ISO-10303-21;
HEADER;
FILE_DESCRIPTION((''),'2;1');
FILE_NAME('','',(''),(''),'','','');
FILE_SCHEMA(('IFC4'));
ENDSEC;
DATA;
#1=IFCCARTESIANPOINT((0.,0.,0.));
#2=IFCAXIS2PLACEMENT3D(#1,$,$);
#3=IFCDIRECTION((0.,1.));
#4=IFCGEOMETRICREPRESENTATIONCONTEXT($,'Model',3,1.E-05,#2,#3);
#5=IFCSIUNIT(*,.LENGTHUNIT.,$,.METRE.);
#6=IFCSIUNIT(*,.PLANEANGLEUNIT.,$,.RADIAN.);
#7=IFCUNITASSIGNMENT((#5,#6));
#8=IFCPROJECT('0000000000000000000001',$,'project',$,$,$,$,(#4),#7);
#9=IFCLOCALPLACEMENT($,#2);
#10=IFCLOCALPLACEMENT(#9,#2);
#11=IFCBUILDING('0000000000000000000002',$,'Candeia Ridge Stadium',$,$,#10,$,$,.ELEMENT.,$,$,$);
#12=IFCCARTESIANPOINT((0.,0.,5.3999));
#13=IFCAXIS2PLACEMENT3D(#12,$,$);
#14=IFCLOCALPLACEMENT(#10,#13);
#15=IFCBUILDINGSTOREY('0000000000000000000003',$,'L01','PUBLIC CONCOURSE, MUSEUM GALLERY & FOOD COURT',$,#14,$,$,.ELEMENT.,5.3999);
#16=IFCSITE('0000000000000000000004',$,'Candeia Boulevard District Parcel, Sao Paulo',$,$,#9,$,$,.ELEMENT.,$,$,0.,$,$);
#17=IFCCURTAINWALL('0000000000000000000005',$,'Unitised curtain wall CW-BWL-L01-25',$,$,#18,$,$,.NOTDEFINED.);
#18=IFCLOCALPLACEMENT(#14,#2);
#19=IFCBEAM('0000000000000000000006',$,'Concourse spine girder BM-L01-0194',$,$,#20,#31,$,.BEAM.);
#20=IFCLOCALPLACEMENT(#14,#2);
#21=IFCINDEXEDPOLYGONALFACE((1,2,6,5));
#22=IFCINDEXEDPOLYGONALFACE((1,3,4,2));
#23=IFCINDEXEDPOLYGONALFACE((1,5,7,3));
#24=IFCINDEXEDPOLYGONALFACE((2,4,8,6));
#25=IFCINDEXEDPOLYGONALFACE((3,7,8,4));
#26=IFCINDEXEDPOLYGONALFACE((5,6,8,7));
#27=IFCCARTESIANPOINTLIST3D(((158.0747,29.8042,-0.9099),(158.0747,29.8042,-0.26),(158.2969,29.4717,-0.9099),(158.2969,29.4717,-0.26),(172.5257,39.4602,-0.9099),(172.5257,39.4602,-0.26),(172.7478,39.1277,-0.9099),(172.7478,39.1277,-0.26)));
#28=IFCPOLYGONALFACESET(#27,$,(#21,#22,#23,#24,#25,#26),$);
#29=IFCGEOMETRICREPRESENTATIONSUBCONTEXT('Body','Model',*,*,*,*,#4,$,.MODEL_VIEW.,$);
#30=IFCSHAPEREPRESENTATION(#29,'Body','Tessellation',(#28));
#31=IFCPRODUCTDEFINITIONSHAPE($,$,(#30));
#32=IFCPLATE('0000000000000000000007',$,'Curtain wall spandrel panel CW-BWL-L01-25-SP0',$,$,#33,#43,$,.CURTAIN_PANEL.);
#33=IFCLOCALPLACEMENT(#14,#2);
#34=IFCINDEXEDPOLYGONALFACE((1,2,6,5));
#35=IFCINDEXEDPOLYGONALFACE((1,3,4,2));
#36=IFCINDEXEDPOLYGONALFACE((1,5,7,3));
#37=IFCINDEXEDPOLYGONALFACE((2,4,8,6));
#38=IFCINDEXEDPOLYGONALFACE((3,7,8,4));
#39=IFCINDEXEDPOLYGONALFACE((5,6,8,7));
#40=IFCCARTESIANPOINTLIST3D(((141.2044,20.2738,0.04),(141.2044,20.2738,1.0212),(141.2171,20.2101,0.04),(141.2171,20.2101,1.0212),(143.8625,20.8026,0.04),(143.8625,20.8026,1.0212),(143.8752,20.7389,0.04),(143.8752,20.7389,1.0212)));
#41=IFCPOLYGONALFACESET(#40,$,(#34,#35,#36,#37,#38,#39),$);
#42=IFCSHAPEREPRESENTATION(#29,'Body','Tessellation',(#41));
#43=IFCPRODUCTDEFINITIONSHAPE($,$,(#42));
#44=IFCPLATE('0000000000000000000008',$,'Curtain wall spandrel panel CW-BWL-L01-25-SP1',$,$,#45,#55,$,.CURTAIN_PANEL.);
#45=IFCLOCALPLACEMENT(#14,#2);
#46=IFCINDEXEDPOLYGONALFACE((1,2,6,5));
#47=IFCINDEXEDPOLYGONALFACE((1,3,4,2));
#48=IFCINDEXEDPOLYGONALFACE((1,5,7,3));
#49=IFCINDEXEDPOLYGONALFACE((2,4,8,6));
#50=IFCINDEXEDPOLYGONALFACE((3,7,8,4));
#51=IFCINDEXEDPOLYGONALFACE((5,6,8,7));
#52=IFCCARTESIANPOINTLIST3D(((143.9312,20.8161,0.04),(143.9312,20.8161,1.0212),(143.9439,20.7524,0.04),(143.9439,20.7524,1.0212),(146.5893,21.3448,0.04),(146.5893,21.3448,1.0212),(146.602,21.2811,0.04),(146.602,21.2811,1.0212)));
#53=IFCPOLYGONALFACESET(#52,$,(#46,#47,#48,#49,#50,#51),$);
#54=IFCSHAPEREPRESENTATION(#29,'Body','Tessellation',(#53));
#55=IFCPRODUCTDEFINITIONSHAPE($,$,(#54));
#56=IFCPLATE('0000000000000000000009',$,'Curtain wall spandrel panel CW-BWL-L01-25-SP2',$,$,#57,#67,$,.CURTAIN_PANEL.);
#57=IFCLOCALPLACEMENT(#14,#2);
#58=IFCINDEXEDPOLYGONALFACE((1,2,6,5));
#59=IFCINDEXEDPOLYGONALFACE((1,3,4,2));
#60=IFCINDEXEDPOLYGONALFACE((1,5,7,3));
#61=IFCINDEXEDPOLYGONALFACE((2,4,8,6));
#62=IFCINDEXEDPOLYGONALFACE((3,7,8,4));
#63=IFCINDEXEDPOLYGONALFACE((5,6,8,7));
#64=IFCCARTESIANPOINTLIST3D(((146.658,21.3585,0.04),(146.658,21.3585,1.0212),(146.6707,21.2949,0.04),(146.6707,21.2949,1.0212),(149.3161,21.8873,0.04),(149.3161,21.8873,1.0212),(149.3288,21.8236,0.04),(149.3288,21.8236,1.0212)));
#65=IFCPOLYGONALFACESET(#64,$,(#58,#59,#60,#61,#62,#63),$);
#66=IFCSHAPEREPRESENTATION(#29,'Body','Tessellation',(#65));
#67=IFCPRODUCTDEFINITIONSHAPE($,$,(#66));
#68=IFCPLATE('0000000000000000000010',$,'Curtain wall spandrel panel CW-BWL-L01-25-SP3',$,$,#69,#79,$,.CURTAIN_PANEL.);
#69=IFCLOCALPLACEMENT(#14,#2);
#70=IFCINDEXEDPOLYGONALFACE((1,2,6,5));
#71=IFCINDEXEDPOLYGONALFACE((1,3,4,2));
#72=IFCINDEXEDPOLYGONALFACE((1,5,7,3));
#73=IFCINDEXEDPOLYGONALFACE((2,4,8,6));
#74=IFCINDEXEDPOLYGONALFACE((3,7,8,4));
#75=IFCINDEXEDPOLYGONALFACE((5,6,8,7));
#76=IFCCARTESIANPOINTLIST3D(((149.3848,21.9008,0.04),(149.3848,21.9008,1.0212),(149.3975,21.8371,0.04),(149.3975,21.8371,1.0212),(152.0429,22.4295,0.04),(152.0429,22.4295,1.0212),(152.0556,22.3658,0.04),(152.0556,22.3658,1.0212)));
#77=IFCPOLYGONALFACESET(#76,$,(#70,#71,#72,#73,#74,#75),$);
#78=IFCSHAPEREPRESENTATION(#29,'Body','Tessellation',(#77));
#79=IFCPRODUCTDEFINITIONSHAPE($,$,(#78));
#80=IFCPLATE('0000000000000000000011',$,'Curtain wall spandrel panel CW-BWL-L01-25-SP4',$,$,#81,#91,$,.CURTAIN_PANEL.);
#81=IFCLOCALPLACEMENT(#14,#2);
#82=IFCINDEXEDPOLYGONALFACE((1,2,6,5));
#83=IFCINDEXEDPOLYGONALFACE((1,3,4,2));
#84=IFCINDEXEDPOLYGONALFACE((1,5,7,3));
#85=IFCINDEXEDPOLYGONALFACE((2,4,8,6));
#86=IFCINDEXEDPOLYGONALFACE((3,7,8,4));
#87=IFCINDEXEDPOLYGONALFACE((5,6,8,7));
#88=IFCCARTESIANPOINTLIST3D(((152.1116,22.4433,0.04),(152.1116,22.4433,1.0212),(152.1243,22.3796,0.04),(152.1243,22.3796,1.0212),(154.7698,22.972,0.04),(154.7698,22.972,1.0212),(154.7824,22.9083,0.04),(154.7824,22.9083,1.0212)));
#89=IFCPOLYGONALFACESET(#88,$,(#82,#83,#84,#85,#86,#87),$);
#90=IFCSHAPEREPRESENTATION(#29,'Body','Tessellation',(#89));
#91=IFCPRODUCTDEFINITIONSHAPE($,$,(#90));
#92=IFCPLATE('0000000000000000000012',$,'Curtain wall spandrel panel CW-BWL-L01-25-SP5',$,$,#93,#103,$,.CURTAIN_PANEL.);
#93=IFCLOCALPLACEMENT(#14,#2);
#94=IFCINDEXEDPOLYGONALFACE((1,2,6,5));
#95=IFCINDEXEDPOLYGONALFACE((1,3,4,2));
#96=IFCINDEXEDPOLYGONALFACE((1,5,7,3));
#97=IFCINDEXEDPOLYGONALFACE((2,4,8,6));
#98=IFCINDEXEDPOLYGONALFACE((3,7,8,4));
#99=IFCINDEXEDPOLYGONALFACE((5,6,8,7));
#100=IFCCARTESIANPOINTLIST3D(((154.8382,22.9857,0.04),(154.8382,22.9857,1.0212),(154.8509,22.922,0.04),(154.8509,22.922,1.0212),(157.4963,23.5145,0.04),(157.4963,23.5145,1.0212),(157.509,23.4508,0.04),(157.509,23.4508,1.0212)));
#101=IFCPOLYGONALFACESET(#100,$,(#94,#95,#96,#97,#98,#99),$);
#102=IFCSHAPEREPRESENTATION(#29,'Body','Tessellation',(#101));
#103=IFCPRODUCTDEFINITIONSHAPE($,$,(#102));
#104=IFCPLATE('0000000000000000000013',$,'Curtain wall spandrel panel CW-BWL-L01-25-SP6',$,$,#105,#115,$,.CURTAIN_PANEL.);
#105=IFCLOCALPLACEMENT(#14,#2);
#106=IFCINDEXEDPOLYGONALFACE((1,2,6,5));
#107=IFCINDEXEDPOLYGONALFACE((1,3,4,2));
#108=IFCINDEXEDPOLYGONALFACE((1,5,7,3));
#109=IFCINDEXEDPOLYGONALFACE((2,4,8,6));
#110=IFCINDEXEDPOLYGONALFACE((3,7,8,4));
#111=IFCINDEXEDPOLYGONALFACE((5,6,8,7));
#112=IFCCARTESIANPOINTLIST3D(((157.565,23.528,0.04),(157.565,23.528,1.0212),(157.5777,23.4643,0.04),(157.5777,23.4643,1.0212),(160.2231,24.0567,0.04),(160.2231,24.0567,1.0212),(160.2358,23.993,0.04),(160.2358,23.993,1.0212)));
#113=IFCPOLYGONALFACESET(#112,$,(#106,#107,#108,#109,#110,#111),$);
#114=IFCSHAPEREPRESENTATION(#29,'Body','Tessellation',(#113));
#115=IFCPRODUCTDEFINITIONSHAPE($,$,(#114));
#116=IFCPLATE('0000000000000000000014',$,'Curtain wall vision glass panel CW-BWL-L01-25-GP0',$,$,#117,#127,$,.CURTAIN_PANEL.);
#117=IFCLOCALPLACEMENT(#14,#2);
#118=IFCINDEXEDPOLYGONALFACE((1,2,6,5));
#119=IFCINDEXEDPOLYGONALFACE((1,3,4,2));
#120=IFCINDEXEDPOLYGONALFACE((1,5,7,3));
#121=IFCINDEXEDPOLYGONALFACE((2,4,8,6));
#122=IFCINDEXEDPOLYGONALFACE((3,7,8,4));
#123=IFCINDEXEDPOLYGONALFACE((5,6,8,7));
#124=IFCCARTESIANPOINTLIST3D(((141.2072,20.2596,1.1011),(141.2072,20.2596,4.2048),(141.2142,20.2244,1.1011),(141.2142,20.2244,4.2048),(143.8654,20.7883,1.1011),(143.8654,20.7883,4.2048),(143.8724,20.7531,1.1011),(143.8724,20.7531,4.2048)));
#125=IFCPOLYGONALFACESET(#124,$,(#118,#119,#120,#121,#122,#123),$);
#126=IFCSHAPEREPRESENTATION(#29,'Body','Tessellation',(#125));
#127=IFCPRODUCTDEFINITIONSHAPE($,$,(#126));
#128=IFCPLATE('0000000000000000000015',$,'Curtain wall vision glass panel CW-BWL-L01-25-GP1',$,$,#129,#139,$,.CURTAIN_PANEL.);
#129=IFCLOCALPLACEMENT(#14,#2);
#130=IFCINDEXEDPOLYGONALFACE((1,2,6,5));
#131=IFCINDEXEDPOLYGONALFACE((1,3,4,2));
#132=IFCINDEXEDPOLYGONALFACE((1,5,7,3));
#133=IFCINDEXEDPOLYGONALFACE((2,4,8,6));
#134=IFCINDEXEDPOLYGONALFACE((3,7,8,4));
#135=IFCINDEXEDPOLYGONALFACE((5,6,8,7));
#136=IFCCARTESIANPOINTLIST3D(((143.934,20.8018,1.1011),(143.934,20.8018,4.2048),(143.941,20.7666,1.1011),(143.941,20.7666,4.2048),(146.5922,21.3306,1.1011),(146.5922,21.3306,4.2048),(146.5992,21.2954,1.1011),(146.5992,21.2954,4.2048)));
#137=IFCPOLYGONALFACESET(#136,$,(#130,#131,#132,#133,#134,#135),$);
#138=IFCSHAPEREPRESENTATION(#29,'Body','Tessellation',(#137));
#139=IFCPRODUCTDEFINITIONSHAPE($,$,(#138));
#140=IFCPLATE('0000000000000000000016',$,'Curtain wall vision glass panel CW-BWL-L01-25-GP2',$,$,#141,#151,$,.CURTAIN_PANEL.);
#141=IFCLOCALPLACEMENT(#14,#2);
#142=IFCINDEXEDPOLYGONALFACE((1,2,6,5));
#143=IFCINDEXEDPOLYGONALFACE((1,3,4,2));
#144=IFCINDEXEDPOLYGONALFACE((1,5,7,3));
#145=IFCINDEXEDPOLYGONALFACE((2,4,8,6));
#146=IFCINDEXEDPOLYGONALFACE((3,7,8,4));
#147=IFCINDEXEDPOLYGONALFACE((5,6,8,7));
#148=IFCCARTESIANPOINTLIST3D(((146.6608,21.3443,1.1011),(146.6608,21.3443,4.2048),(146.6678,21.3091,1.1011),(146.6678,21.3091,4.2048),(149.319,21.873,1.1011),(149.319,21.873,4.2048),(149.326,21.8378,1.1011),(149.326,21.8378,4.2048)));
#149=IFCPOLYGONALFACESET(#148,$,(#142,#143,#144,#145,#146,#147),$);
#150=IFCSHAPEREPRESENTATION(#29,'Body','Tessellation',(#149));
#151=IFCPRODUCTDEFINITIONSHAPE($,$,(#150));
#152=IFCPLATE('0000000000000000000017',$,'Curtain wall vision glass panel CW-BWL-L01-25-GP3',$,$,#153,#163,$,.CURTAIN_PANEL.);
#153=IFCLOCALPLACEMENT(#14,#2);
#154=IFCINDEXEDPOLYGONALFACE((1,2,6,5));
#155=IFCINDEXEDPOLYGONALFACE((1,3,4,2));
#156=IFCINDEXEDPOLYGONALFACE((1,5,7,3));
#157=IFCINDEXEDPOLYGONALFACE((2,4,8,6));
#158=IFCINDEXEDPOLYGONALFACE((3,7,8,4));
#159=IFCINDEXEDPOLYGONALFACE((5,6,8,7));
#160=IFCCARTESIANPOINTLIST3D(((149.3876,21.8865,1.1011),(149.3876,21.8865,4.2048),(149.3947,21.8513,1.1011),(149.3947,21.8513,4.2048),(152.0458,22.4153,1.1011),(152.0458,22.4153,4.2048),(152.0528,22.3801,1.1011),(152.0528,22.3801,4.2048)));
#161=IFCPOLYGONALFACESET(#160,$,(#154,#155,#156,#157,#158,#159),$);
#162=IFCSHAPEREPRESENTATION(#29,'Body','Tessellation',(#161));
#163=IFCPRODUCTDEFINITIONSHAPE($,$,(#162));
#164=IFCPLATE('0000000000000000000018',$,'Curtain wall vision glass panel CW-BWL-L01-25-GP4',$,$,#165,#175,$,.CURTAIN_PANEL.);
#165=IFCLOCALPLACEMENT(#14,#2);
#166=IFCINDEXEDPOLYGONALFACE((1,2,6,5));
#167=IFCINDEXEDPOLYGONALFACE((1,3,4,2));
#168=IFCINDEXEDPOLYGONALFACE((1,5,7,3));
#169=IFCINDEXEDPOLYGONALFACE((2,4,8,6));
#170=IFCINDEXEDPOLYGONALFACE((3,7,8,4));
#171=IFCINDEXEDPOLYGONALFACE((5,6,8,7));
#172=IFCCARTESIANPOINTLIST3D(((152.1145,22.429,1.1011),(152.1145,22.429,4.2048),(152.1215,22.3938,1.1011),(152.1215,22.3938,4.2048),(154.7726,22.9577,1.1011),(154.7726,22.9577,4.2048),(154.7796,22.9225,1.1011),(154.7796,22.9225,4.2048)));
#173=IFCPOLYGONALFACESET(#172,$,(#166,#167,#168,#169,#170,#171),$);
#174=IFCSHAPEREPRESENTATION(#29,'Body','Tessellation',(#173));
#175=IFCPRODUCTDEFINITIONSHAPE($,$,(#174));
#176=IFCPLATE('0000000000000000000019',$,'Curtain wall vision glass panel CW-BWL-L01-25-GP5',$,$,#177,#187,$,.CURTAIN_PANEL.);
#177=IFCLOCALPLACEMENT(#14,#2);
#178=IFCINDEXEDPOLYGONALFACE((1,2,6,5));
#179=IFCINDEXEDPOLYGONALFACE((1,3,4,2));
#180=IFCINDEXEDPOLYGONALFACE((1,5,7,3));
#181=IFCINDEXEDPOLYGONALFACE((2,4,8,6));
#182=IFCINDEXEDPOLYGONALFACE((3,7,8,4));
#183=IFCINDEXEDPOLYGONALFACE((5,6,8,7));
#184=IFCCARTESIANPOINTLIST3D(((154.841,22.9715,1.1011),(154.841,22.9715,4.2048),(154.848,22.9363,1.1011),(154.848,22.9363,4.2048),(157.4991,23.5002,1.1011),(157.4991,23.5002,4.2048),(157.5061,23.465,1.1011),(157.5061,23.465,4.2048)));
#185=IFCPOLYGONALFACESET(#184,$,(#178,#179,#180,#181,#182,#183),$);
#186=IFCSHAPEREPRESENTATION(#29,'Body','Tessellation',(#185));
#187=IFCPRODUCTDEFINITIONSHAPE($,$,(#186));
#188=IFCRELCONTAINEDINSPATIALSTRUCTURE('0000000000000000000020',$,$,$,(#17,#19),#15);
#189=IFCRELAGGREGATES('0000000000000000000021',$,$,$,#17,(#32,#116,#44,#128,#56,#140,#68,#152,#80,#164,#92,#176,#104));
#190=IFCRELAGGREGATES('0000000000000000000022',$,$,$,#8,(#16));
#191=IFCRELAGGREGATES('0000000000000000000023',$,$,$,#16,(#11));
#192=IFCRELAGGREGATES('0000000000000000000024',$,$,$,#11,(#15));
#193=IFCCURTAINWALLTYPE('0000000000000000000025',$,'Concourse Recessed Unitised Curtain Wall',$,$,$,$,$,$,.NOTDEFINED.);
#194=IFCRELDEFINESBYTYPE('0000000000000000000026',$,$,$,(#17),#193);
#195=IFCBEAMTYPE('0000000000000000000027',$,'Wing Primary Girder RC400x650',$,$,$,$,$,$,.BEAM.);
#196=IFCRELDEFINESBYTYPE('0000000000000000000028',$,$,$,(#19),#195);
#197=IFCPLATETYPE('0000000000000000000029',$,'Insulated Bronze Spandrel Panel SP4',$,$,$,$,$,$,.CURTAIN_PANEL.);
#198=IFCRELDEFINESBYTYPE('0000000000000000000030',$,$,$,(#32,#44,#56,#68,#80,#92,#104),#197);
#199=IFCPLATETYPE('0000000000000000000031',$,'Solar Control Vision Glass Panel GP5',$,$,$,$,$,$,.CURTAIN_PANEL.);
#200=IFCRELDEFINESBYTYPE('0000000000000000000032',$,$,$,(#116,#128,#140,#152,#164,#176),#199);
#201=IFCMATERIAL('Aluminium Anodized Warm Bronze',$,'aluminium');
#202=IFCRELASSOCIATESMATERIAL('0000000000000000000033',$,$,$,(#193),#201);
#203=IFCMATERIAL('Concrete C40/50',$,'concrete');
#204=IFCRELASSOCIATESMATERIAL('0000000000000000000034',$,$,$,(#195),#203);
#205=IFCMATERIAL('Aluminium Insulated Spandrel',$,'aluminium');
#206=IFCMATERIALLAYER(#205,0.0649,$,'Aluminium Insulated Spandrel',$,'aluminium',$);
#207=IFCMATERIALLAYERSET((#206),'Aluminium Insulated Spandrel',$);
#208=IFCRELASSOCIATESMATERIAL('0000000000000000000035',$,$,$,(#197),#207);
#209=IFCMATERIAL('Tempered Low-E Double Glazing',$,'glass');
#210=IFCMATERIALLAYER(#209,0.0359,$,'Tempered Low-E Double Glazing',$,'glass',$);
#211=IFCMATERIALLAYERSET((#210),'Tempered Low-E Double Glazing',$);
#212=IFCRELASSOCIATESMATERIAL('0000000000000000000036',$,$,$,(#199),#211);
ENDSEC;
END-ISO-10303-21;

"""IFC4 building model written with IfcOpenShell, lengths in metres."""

from ifc_helpers import new_model, si_unit, direction, frame, origin, origin_2d, place, context, subcontext, project, spatial, rectangle, extrude, material, layer, layer_set, material_profile, profile_set, type_object, element, aggregate, save


model = new_model("IFC4")

# Units and contexts
model_context = context("Model", 3, precision=1e-05, world=origin(), true_north=direction((0.0, 1.0)))
body_context = subcontext(model_context, "Body", "Model", "MODEL_VIEW")
ifc_project = project(units=[si_unit("LENGTHUNIT", "METRE"), si_unit("PLANEANGLEUNIT", "RADIAN")], contexts=[model_context])

# Site, building, storey
site_placement = place(None, origin())
site = spatial("IfcSite", under=ifc_project, at=site_placement, Name="Candeia Boulevard District Parcel, Sao Paulo", CompositionType="ELEMENT", RefElevation=0.0)
building_placement = place(site_placement, origin())
building = spatial("IfcBuilding", under=site, at=building_placement, Name="Candeia Ridge Stadium", CompositionType="ELEMENT")
storey_placement = place(building_placement, frame((0.0, 0.0, 5.3999)))
storey = spatial("IfcBuildingStorey", under=building, at=storey_placement, Name="L01", Description="PUBLIC CONCOURSE, MUSEUM GALLERY & FOOD COURT", CompositionType="ELEMENT", Elevation=5.3999)

# Shared definitions
ifc_material_1 = material(Name="Concrete C40/50", Category="concrete")

# Curtain wall
ifc_material_2 = material(Name="Aluminium Anodized Warm Bronze", Category="aluminium")
curtain_wall_type = type_object("IfcCurtainWallType", Name="Concourse Recessed Unitised Curtain Wall", PredefinedType="NOTDEFINED", material=ifc_material_2)
curtain_wall_placement = place(storey_placement, origin())
curtain_wall = element("IfcCurtainWall", 1, at=curtain_wall_placement, inside=storey, type_object=curtain_wall_type, Name="Unitised curtain wall CW-BWL-L01-25", PredefinedType="NOTDEFINED")

# Beam
ifc_material_profile_1 = material_profile(ifc_material_1, rectangle(XDim=0.3999, YDim=0.6499, at=origin_2d()), Name="RC400x650", Category="concrete")
ifc_profile_set_1 = profile_set([ifc_material_profile_1], Name="Concrete C40/50")
beam_type_1 = type_object("IfcBeamType", Name="Wing Primary Girder RC400x650", PredefinedType="BEAM", material=ifc_profile_set_1)
beam_1_placement = place(storey_placement, frame((158.1858, 29.6379, -0.585), z_axis=(0.831464, 0.555578, 0.0), x_axis=(-0.555578, 0.831464, 0.0)))
element("IfcBeam", 2, at=beam_1_placement, inside=storey, type_object=beam_type_1, Name="Concourse spine girder BM-L01-0194", PredefinedType="BEAM", context=body_context, shape_type="SweptSolid", body=[
    extrude(rectangle(XDim=0.3999, YDim=0.6499, at=origin_2d()), origin(), (0.0, 0.0, 1.0), 17.3801),
])

# Plates
ifc_material_3 = material(Name="Aluminium Insulated Spandrel", Category="aluminium")
ifc_layer_1 = layer(ifc_material_3, 0.0649, Name="Aluminium Insulated Spandrel", Category="aluminium")
ifc_layer_set_1 = layer_set([ifc_layer_1], Name="Aluminium Insulated Spandrel")
plate_type_1 = type_object("IfcPlateType", Name="Insulated Bronze Spandrel Panel SP4", PredefinedType="CURTAIN_PANEL", material=ifc_layer_set_1)
plate_1_placement = place(storey_placement, frame((142.5398, 20.5063, 0.04), z_axis=(0.0, 0.0, 1.0), x_axis=(0.980785, 0.19509, 0.0)))
plate_1 = element("IfcPlate", 3, at=plate_1_placement, type_object=plate_type_1, Name="Curtain wall spandrel panel CW-BWL-L01-25-SP0", PredefinedType="CURTAIN_PANEL", context=body_context, shape_type="SweptSolid", body=[
    extrude(rectangle(XDim=2.7102, YDim=0.0649, at=origin_2d()), origin(), (0.0, 0.0, 1.0), 0.9812),
])
plate_2_placement = place(storey_placement, frame((145.2666, 21.0486, 0.04), z_axis=(0.0, 0.0, 1.0), x_axis=(0.980785, 0.19509, 0.0)))
plate_2 = element("IfcPlate", 4, at=plate_2_placement, type_object=plate_type_1, Name="Curtain wall spandrel panel CW-BWL-L01-25-SP1", PredefinedType="CURTAIN_PANEL", context=body_context, shape_type="SweptSolid", body=[
    extrude(rectangle(XDim=2.7102, YDim=0.0649, at=origin_2d()), origin(), (0.0, 0.0, 1.0), 0.9812),
])
plate_3_placement = place(storey_placement, frame((147.9934, 21.5911, 0.04), z_axis=(0.0, 0.0, 1.0), x_axis=(0.980785, 0.19509, 0.0)))
plate_3 = element("IfcPlate", 5, at=plate_3_placement, type_object=plate_type_1, Name="Curtain wall spandrel panel CW-BWL-L01-25-SP2", PredefinedType="CURTAIN_PANEL", context=body_context, shape_type="SweptSolid", body=[
    extrude(rectangle(XDim=2.7102, YDim=0.0649, at=origin_2d()), origin(), (0.0, 0.0, 1.0), 0.9812),
])
plate_4_placement = place(storey_placement, frame((150.7202, 22.1333, 0.04), z_axis=(0.0, 0.0, 1.0), x_axis=(0.980785, 0.19509, 0.0)))
plate_4 = element("IfcPlate", 6, at=plate_4_placement, type_object=plate_type_1, Name="Curtain wall spandrel panel CW-BWL-L01-25-SP3", PredefinedType="CURTAIN_PANEL", context=body_context, shape_type="SweptSolid", body=[
    extrude(rectangle(XDim=2.7102, YDim=0.0649, at=origin_2d()), origin(), (0.0, 0.0, 1.0), 0.9812),
])
plate_5_placement = place(storey_placement, frame((153.447, 22.6758, 0.04), z_axis=(0.0, 0.0, 1.0), x_axis=(0.980785, 0.19509, 0.0)))
plate_5 = element("IfcPlate", 7, at=plate_5_placement, type_object=plate_type_1, Name="Curtain wall spandrel panel CW-BWL-L01-25-SP4", PredefinedType="CURTAIN_PANEL", context=body_context, shape_type="SweptSolid", body=[
    extrude(rectangle(XDim=2.7102, YDim=0.0649, at=origin_2d()), origin(), (0.0, 0.0, 1.0), 0.9812),
])
plate_6_placement = place(storey_placement, frame((156.1736, 23.2183, 0.04), z_axis=(0.0, 0.0, 1.0), x_axis=(0.980785, 0.19509, 0.0)))
plate_6 = element("IfcPlate", 8, at=plate_6_placement, type_object=plate_type_1, Name="Curtain wall spandrel panel CW-BWL-L01-25-SP5", PredefinedType="CURTAIN_PANEL", context=body_context, shape_type="SweptSolid", body=[
    extrude(rectangle(XDim=2.7102, YDim=0.0649, at=origin_2d()), origin(), (0.0, 0.0, 1.0), 0.9812),
])
plate_7_placement = place(storey_placement, frame((158.9004, 23.7605, 0.04), z_axis=(0.0, 0.0, 1.0), x_axis=(0.980785, 0.19509, 0.0)))
plate_7 = element("IfcPlate", 9, at=plate_7_placement, type_object=plate_type_1, Name="Curtain wall spandrel panel CW-BWL-L01-25-SP6", PredefinedType="CURTAIN_PANEL", context=body_context, shape_type="SweptSolid", body=[
    extrude(rectangle(XDim=2.7102, YDim=0.0649, at=origin_2d()), origin(), (0.0, 0.0, 1.0), 0.9812),
])
ifc_material_4 = material(Name="Tempered Low-E Double Glazing", Category="glass")
ifc_layer_2 = layer(ifc_material_4, 0.0359, Name="Tempered Low-E Double Glazing", Category="glass")
ifc_layer_set_2 = layer_set([ifc_layer_2], Name="Tempered Low-E Double Glazing")
plate_type_2 = type_object("IfcPlateType", Name="Solar Control Vision Glass Panel GP5", PredefinedType="CURTAIN_PANEL", material=ifc_layer_set_2)
plate_8_placement = place(storey_placement, frame((142.5398, 20.5063, 1.1011), z_axis=(0.0, 0.0, 1.0), x_axis=(0.980785, 0.19509, 0.0)))
plate_8 = element("IfcPlate", 10, at=plate_8_placement, type_object=plate_type_2, Name="Curtain wall vision glass panel CW-BWL-L01-25-GP0", PredefinedType="CURTAIN_PANEL", context=body_context, shape_type="SweptSolid", body=[
    extrude(rectangle(XDim=2.7102, YDim=0.0359, at=origin_2d()), origin(), (0.0, 0.0, 1.0), 3.1038),
])
plate_9_placement = place(storey_placement, frame((145.2666, 21.0486, 1.1011), z_axis=(0.0, 0.0, 1.0), x_axis=(0.980785, 0.19509, 0.0)))
plate_9 = element("IfcPlate", 11, at=plate_9_placement, type_object=plate_type_2, Name="Curtain wall vision glass panel CW-BWL-L01-25-GP1", PredefinedType="CURTAIN_PANEL", context=body_context, shape_type="SweptSolid", body=[
    extrude(rectangle(XDim=2.7102, YDim=0.0359, at=origin_2d()), origin(), (0.0, 0.0, 1.0), 3.1038),
])
plate_10_placement = place(storey_placement, frame((147.9934, 21.5911, 1.1011), z_axis=(0.0, 0.0, 1.0), x_axis=(0.980785, 0.19509, 0.0)))
plate_10 = element("IfcPlate", 12, at=plate_10_placement, type_object=plate_type_2, Name="Curtain wall vision glass panel CW-BWL-L01-25-GP2", PredefinedType="CURTAIN_PANEL", context=body_context, shape_type="SweptSolid", body=[
    extrude(rectangle(XDim=2.7102, YDim=0.0359, at=origin_2d()), origin(), (0.0, 0.0, 1.0), 3.1038),
])
plate_11_placement = place(storey_placement, frame((150.7202, 22.1333, 1.1011), z_axis=(0.0, 0.0, 1.0), x_axis=(0.980785, 0.19509, 0.0)))
plate_11 = element("IfcPlate", 13, at=plate_11_placement, type_object=plate_type_2, Name="Curtain wall vision glass panel CW-BWL-L01-25-GP3", PredefinedType="CURTAIN_PANEL", context=body_context, shape_type="SweptSolid", body=[
    extrude(rectangle(XDim=2.7102, YDim=0.0359, at=origin_2d()), origin(), (0.0, 0.0, 1.0), 3.1038),
])
plate_12_placement = place(storey_placement, frame((153.447, 22.6758, 1.1011), z_axis=(0.0, 0.0, 1.0), x_axis=(0.980785, 0.19509, 0.0)))
plate_12 = element("IfcPlate", 14, at=plate_12_placement, type_object=plate_type_2, Name="Curtain wall vision glass panel CW-BWL-L01-25-GP4", PredefinedType="CURTAIN_PANEL", context=body_context, shape_type="SweptSolid", body=[
    extrude(rectangle(XDim=2.7102, YDim=0.0359, at=origin_2d()), origin(), (0.0, 0.0, 1.0), 3.1038),
])
plate_13_placement = place(storey_placement, frame((156.1736, 23.2183, 1.1011), z_axis=(0.0, 0.0, 1.0), x_axis=(0.980785, 0.19509, 0.0)))
plate_13 = element("IfcPlate", 15, at=plate_13_placement, type_object=plate_type_2, Name="Curtain wall vision glass panel CW-BWL-L01-25-GP5", PredefinedType="CURTAIN_PANEL", context=body_context, shape_type="SweptSolid", body=[
    extrude(rectangle(XDim=2.7102, YDim=0.0359, at=origin_2d()), origin(), (0.0, 0.0, 1.0), 3.1038),
])
aggregate(curtain_wall, [plate_1, plate_8, plate_2, plate_9, plate_3, plate_10, plate_4, plate_11, plate_5, plate_12, plate_6, plate_13, plate_7])

save(model, "model.ifc")
